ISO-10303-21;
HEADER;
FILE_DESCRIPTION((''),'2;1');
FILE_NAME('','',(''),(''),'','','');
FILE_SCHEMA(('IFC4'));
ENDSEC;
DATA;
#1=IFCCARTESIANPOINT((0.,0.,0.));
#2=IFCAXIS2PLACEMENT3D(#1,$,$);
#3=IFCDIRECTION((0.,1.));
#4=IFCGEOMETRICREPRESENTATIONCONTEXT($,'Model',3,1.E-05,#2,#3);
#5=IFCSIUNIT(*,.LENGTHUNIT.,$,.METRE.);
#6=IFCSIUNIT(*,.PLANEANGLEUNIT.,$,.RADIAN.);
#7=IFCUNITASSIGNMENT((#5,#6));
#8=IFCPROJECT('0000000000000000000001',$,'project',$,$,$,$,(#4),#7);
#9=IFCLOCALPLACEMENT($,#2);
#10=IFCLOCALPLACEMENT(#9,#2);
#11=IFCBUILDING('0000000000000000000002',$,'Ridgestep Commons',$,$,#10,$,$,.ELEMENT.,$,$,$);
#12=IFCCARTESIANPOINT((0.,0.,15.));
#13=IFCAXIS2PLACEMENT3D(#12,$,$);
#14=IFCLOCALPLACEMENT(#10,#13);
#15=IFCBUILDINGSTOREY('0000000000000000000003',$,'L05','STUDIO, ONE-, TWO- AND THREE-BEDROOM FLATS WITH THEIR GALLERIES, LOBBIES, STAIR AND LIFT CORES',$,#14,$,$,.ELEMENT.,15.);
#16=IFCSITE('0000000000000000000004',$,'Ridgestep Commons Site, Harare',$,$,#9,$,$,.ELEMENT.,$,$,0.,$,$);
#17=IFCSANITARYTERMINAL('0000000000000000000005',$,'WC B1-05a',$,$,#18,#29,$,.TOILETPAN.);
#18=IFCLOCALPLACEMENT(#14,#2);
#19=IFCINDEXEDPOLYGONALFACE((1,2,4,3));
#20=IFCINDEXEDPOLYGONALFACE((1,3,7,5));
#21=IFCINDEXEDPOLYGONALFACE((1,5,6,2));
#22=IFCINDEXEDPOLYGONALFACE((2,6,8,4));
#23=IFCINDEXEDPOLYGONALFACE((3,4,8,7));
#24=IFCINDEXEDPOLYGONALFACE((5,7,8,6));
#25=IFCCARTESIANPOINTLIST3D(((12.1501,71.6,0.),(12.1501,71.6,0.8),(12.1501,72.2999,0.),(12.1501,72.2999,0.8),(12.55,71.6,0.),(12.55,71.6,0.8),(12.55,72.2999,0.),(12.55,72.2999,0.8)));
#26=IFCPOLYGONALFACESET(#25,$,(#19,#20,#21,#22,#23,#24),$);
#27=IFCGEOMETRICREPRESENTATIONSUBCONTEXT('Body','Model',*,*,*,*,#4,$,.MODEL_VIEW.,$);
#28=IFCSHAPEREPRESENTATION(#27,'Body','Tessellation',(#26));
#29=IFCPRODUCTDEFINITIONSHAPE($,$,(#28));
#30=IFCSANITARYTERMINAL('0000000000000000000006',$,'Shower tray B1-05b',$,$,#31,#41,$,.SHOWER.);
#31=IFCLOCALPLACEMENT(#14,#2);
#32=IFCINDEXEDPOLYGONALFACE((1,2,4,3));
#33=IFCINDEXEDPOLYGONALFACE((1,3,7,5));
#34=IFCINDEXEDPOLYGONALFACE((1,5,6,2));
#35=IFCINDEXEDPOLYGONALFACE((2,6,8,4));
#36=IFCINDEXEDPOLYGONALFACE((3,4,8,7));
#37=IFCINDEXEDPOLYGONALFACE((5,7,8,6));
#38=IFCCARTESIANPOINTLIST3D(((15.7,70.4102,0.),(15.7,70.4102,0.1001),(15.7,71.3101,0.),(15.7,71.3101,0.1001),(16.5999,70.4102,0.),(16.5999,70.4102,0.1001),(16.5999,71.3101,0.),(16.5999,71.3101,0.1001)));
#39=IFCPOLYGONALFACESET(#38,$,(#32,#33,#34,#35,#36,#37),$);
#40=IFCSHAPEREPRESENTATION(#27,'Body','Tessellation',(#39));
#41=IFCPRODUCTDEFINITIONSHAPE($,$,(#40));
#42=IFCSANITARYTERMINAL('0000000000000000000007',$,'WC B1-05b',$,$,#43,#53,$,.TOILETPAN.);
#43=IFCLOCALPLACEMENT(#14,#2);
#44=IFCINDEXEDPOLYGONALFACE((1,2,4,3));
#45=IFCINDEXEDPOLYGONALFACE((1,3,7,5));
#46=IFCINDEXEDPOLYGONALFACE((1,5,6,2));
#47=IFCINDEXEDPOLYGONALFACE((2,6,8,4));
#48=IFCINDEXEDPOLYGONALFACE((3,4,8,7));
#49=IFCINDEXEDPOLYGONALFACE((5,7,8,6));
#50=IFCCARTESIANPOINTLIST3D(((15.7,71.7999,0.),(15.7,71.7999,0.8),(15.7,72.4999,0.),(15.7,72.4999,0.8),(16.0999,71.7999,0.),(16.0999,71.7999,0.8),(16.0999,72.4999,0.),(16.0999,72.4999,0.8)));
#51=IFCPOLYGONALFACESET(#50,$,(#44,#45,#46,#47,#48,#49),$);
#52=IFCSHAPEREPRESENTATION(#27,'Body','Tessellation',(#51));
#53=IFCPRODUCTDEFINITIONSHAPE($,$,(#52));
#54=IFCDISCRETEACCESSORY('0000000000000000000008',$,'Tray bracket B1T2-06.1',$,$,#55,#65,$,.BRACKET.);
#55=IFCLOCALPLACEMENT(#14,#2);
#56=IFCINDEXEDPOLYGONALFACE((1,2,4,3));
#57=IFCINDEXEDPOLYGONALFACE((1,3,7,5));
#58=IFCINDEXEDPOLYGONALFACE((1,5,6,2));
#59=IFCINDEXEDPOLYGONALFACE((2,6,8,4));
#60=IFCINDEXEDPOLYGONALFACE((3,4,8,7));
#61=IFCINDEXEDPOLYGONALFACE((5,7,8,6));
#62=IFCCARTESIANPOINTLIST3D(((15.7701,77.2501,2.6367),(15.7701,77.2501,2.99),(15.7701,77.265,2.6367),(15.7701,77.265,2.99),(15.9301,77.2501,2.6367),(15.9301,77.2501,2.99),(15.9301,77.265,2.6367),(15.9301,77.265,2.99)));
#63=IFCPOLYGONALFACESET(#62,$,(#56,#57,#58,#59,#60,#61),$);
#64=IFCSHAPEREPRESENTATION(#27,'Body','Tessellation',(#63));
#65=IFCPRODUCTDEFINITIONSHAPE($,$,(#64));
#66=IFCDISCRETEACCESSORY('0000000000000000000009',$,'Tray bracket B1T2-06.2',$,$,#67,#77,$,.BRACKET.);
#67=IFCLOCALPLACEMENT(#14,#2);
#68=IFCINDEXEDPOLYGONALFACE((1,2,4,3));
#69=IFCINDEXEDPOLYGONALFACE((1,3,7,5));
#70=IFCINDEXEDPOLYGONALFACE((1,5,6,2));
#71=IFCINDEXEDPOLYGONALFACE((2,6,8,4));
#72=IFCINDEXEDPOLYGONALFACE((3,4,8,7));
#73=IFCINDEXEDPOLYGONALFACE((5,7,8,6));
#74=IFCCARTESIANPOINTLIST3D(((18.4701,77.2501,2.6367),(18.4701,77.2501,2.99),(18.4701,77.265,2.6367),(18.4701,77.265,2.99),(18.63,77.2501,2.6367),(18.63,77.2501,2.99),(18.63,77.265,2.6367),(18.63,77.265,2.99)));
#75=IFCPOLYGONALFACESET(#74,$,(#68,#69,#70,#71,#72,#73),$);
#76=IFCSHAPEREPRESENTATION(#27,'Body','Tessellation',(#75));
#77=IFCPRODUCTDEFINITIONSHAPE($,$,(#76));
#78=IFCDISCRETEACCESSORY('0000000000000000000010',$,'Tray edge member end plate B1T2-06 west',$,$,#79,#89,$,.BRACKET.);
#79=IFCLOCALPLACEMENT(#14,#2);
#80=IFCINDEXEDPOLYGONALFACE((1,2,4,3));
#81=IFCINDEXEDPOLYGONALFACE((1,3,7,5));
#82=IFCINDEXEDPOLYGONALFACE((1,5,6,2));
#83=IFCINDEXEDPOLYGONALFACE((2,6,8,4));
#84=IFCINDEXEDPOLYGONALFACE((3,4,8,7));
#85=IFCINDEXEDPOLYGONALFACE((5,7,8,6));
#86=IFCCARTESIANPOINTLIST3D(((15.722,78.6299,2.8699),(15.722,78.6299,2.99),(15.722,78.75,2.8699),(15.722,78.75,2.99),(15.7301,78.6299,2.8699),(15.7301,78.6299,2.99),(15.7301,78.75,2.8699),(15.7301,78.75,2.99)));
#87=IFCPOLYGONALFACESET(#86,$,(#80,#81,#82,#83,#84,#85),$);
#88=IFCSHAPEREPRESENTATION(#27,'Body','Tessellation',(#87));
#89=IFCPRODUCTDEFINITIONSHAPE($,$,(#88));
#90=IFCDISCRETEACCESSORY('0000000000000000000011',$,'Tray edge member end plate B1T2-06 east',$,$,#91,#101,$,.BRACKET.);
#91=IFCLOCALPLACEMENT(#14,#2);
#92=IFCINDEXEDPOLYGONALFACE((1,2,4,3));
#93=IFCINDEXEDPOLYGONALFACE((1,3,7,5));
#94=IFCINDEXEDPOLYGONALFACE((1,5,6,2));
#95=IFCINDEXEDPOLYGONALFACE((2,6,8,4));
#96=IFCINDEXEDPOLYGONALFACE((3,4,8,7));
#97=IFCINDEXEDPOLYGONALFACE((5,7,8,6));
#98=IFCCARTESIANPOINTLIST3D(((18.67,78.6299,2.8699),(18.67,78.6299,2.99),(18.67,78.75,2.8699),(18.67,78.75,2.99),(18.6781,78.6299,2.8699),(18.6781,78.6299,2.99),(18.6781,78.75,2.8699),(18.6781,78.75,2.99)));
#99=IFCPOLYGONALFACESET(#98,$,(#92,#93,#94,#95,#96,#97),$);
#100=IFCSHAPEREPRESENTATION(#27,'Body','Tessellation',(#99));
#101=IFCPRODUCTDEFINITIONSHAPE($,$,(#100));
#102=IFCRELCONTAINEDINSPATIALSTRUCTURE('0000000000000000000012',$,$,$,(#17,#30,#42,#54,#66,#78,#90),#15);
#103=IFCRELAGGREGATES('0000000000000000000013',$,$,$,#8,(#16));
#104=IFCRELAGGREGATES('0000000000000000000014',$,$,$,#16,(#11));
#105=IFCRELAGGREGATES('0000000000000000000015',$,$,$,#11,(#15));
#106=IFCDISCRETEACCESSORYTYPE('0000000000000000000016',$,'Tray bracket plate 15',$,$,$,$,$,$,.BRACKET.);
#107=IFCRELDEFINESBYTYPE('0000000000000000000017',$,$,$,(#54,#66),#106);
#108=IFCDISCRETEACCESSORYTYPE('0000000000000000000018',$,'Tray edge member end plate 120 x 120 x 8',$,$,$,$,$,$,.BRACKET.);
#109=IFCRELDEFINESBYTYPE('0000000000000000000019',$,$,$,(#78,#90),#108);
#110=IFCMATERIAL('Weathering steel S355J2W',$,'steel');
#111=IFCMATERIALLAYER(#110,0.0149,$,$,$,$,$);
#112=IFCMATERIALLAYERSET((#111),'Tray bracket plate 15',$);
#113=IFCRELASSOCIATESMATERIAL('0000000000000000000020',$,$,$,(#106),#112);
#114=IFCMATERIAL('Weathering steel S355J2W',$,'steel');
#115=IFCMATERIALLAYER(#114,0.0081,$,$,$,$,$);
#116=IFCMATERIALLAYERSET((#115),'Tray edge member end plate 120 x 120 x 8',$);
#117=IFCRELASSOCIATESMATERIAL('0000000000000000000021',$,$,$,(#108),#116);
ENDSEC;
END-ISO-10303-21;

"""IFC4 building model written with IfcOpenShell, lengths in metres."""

from ifc_helpers import new_model, si_unit, direction, frame, origin, origin_2d, place, context, subcontext, project, spatial, rectangle, extrude, material, layer, layer_set, type_object, element, save


model = new_model("IFC4")

# Units and contexts
model_context = context("Model", 3, precision=1e-05, world=origin(), true_north=direction((0.0, 1.0)))
body_context = subcontext(model_context, "Body", "Model", "MODEL_VIEW")
ifc_project = project(units=[si_unit("LENGTHUNIT", "METRE"), si_unit("PLANEANGLEUNIT", "RADIAN")], contexts=[model_context])

# Site, building, storey
site_placement = place(None, origin())
site = spatial("IfcSite", under=ifc_project, at=site_placement, Name="Ridgestep Commons Site, Harare", CompositionType="ELEMENT", RefElevation=0.0)
building_placement = place(site_placement, origin())
building = spatial("IfcBuilding", under=site, at=building_placement, Name="Ridgestep Commons", CompositionType="ELEMENT")
storey_placement = place(building_placement, frame((0.0, 0.0, 15.0)))
storey = spatial("IfcBuildingStorey", under=building, at=storey_placement, Name="L05", Description="STUDIO, ONE-, TWO- AND THREE-BEDROOM FLATS WITH THEIR GALLERIES, LOBBIES, STAIR AND LIFT CORES", CompositionType="ELEMENT", Elevation=15.0)

# Sanitary terminals
sanitary_terminal_1_placement = place(storey_placement, frame((12.3501, 71.95, 0.0), z_axis=(0.0, 0.0, 1.0), x_axis=(1.0, 0.0, 0.0)))
element("IfcSanitaryTerminal", 1, at=sanitary_terminal_1_placement, inside=storey, Name="WC B1-05a", PredefinedType="TOILETPAN", context=body_context, shape_type="SweptSolid", body=[
    extrude(rectangle(XDim=0.3999, YDim=0.7, at=origin_2d()), origin(), (0.0, 0.0, 1.0), 0.8),
])
sanitary_terminal_2_placement = place(storey_placement, frame((16.1499, 70.8601, 0.0), z_axis=(0.0, 0.0, 1.0), x_axis=(1.0, 0.0, 0.0)))
element("IfcSanitaryTerminal", 2, at=sanitary_terminal_2_placement, inside=storey, Name="Shower tray B1-05b", PredefinedType="SHOWER", context=body_context, shape_type="SweptSolid", body=[
    extrude(rectangle(XDim=0.8999, YDim=0.8999, at=origin_2d()), origin(), (0.0, 0.0, 1.0), 0.1001),
])
sanitary_terminal_3_placement = place(storey_placement, frame((15.8999, 72.1499, 0.0), z_axis=(0.0, 0.0, 1.0), x_axis=(1.0, 0.0, 0.0)))
element("IfcSanitaryTerminal", 3, at=sanitary_terminal_3_placement, inside=storey, Name="WC B1-05b", PredefinedType="TOILETPAN", context=body_context, shape_type="SweptSolid", body=[
    extrude(rectangle(XDim=0.3999, YDim=0.7, at=origin_2d()), origin(), (0.0, 0.0, 1.0), 0.8),
])

# Discrete accessories
ifc_material_1 = material(Name="Weathering steel S355J2W", Category="steel")
ifc_layer_1 = layer(ifc_material_1, 0.0149)
ifc_layer_set_1 = layer_set([ifc_layer_1], Name="Tray bracket plate 15")
discrete_accessory_type_1 = type_object("IfcDiscreteAccessoryType", Name="Tray bracket plate 15", PredefinedType="BRACKET", material=ifc_layer_set_1)
for number, where, z_axis, x_axis, name in (
    (4, (15.8501, 77.2576, 2.6367), (0.0, 0.0, 1.0), (1.0, 0.0, 0.0), "Tray bracket B1T2-06.1"),
    (5, (18.55, 77.2576, 2.6367), (0.0, 0.0, 1.0), (1.0, 0.0, 0.0), "Tray bracket B1T2-06.2"),
):
    element("IfcDiscreteAccessory", number, at=place(storey_placement, frame(where, z_axis=z_axis, x_axis=x_axis)), inside=storey, type_object=discrete_accessory_type_1, Name=name, PredefinedType="BRACKET", context=body_context, shape_type="SweptSolid", body=[
        extrude(rectangle(XDim=0.1599, YDim=0.0149, at=origin_2d()), origin(), (0.0, 0.0, 1.0), 0.3533),
    ])
ifc_material_2 = material(Name="Weathering steel S355J2W", Category="steel")
ifc_layer_2 = layer(ifc_material_2, 0.0081)
ifc_layer_set_2 = layer_set([ifc_layer_2], Name="Tray edge member end plate 120 x 120 x 8")
discrete_accessory_type_2 = type_object("IfcDiscreteAccessoryType", Name="Tray edge member end plate 120 x 120 x 8", PredefinedType="BRACKET", material=ifc_layer_set_2)
for number, where, z_axis, x_axis, name in (
    (6, (15.7261, 78.6899, 2.8699), (0.0, 0.0, 1.0), (1.0, 0.0, 0.0), "Tray edge member end plate B1T2-06 west"),
    (7, (18.6741, 78.6899, 2.8699), (0.0, 0.0, 1.0), (1.0, 0.0, 0.0), "Tray edge member end plate B1T2-06 east"),
):
    element("IfcDiscreteAccessory", number, at=place(storey_placement, frame(where, z_axis=z_axis, x_axis=x_axis)), inside=storey, type_object=discrete_accessory_type_2, Name=name, PredefinedType="BRACKET", context=body_context, shape_type="SweptSolid", body=[
        extrude(rectangle(XDim=0.0081, YDim=0.1201, at=origin_2d()), origin(), (0.0, 0.0, 1.0), 0.1201),
    ])

save(model, "model.ifc")
